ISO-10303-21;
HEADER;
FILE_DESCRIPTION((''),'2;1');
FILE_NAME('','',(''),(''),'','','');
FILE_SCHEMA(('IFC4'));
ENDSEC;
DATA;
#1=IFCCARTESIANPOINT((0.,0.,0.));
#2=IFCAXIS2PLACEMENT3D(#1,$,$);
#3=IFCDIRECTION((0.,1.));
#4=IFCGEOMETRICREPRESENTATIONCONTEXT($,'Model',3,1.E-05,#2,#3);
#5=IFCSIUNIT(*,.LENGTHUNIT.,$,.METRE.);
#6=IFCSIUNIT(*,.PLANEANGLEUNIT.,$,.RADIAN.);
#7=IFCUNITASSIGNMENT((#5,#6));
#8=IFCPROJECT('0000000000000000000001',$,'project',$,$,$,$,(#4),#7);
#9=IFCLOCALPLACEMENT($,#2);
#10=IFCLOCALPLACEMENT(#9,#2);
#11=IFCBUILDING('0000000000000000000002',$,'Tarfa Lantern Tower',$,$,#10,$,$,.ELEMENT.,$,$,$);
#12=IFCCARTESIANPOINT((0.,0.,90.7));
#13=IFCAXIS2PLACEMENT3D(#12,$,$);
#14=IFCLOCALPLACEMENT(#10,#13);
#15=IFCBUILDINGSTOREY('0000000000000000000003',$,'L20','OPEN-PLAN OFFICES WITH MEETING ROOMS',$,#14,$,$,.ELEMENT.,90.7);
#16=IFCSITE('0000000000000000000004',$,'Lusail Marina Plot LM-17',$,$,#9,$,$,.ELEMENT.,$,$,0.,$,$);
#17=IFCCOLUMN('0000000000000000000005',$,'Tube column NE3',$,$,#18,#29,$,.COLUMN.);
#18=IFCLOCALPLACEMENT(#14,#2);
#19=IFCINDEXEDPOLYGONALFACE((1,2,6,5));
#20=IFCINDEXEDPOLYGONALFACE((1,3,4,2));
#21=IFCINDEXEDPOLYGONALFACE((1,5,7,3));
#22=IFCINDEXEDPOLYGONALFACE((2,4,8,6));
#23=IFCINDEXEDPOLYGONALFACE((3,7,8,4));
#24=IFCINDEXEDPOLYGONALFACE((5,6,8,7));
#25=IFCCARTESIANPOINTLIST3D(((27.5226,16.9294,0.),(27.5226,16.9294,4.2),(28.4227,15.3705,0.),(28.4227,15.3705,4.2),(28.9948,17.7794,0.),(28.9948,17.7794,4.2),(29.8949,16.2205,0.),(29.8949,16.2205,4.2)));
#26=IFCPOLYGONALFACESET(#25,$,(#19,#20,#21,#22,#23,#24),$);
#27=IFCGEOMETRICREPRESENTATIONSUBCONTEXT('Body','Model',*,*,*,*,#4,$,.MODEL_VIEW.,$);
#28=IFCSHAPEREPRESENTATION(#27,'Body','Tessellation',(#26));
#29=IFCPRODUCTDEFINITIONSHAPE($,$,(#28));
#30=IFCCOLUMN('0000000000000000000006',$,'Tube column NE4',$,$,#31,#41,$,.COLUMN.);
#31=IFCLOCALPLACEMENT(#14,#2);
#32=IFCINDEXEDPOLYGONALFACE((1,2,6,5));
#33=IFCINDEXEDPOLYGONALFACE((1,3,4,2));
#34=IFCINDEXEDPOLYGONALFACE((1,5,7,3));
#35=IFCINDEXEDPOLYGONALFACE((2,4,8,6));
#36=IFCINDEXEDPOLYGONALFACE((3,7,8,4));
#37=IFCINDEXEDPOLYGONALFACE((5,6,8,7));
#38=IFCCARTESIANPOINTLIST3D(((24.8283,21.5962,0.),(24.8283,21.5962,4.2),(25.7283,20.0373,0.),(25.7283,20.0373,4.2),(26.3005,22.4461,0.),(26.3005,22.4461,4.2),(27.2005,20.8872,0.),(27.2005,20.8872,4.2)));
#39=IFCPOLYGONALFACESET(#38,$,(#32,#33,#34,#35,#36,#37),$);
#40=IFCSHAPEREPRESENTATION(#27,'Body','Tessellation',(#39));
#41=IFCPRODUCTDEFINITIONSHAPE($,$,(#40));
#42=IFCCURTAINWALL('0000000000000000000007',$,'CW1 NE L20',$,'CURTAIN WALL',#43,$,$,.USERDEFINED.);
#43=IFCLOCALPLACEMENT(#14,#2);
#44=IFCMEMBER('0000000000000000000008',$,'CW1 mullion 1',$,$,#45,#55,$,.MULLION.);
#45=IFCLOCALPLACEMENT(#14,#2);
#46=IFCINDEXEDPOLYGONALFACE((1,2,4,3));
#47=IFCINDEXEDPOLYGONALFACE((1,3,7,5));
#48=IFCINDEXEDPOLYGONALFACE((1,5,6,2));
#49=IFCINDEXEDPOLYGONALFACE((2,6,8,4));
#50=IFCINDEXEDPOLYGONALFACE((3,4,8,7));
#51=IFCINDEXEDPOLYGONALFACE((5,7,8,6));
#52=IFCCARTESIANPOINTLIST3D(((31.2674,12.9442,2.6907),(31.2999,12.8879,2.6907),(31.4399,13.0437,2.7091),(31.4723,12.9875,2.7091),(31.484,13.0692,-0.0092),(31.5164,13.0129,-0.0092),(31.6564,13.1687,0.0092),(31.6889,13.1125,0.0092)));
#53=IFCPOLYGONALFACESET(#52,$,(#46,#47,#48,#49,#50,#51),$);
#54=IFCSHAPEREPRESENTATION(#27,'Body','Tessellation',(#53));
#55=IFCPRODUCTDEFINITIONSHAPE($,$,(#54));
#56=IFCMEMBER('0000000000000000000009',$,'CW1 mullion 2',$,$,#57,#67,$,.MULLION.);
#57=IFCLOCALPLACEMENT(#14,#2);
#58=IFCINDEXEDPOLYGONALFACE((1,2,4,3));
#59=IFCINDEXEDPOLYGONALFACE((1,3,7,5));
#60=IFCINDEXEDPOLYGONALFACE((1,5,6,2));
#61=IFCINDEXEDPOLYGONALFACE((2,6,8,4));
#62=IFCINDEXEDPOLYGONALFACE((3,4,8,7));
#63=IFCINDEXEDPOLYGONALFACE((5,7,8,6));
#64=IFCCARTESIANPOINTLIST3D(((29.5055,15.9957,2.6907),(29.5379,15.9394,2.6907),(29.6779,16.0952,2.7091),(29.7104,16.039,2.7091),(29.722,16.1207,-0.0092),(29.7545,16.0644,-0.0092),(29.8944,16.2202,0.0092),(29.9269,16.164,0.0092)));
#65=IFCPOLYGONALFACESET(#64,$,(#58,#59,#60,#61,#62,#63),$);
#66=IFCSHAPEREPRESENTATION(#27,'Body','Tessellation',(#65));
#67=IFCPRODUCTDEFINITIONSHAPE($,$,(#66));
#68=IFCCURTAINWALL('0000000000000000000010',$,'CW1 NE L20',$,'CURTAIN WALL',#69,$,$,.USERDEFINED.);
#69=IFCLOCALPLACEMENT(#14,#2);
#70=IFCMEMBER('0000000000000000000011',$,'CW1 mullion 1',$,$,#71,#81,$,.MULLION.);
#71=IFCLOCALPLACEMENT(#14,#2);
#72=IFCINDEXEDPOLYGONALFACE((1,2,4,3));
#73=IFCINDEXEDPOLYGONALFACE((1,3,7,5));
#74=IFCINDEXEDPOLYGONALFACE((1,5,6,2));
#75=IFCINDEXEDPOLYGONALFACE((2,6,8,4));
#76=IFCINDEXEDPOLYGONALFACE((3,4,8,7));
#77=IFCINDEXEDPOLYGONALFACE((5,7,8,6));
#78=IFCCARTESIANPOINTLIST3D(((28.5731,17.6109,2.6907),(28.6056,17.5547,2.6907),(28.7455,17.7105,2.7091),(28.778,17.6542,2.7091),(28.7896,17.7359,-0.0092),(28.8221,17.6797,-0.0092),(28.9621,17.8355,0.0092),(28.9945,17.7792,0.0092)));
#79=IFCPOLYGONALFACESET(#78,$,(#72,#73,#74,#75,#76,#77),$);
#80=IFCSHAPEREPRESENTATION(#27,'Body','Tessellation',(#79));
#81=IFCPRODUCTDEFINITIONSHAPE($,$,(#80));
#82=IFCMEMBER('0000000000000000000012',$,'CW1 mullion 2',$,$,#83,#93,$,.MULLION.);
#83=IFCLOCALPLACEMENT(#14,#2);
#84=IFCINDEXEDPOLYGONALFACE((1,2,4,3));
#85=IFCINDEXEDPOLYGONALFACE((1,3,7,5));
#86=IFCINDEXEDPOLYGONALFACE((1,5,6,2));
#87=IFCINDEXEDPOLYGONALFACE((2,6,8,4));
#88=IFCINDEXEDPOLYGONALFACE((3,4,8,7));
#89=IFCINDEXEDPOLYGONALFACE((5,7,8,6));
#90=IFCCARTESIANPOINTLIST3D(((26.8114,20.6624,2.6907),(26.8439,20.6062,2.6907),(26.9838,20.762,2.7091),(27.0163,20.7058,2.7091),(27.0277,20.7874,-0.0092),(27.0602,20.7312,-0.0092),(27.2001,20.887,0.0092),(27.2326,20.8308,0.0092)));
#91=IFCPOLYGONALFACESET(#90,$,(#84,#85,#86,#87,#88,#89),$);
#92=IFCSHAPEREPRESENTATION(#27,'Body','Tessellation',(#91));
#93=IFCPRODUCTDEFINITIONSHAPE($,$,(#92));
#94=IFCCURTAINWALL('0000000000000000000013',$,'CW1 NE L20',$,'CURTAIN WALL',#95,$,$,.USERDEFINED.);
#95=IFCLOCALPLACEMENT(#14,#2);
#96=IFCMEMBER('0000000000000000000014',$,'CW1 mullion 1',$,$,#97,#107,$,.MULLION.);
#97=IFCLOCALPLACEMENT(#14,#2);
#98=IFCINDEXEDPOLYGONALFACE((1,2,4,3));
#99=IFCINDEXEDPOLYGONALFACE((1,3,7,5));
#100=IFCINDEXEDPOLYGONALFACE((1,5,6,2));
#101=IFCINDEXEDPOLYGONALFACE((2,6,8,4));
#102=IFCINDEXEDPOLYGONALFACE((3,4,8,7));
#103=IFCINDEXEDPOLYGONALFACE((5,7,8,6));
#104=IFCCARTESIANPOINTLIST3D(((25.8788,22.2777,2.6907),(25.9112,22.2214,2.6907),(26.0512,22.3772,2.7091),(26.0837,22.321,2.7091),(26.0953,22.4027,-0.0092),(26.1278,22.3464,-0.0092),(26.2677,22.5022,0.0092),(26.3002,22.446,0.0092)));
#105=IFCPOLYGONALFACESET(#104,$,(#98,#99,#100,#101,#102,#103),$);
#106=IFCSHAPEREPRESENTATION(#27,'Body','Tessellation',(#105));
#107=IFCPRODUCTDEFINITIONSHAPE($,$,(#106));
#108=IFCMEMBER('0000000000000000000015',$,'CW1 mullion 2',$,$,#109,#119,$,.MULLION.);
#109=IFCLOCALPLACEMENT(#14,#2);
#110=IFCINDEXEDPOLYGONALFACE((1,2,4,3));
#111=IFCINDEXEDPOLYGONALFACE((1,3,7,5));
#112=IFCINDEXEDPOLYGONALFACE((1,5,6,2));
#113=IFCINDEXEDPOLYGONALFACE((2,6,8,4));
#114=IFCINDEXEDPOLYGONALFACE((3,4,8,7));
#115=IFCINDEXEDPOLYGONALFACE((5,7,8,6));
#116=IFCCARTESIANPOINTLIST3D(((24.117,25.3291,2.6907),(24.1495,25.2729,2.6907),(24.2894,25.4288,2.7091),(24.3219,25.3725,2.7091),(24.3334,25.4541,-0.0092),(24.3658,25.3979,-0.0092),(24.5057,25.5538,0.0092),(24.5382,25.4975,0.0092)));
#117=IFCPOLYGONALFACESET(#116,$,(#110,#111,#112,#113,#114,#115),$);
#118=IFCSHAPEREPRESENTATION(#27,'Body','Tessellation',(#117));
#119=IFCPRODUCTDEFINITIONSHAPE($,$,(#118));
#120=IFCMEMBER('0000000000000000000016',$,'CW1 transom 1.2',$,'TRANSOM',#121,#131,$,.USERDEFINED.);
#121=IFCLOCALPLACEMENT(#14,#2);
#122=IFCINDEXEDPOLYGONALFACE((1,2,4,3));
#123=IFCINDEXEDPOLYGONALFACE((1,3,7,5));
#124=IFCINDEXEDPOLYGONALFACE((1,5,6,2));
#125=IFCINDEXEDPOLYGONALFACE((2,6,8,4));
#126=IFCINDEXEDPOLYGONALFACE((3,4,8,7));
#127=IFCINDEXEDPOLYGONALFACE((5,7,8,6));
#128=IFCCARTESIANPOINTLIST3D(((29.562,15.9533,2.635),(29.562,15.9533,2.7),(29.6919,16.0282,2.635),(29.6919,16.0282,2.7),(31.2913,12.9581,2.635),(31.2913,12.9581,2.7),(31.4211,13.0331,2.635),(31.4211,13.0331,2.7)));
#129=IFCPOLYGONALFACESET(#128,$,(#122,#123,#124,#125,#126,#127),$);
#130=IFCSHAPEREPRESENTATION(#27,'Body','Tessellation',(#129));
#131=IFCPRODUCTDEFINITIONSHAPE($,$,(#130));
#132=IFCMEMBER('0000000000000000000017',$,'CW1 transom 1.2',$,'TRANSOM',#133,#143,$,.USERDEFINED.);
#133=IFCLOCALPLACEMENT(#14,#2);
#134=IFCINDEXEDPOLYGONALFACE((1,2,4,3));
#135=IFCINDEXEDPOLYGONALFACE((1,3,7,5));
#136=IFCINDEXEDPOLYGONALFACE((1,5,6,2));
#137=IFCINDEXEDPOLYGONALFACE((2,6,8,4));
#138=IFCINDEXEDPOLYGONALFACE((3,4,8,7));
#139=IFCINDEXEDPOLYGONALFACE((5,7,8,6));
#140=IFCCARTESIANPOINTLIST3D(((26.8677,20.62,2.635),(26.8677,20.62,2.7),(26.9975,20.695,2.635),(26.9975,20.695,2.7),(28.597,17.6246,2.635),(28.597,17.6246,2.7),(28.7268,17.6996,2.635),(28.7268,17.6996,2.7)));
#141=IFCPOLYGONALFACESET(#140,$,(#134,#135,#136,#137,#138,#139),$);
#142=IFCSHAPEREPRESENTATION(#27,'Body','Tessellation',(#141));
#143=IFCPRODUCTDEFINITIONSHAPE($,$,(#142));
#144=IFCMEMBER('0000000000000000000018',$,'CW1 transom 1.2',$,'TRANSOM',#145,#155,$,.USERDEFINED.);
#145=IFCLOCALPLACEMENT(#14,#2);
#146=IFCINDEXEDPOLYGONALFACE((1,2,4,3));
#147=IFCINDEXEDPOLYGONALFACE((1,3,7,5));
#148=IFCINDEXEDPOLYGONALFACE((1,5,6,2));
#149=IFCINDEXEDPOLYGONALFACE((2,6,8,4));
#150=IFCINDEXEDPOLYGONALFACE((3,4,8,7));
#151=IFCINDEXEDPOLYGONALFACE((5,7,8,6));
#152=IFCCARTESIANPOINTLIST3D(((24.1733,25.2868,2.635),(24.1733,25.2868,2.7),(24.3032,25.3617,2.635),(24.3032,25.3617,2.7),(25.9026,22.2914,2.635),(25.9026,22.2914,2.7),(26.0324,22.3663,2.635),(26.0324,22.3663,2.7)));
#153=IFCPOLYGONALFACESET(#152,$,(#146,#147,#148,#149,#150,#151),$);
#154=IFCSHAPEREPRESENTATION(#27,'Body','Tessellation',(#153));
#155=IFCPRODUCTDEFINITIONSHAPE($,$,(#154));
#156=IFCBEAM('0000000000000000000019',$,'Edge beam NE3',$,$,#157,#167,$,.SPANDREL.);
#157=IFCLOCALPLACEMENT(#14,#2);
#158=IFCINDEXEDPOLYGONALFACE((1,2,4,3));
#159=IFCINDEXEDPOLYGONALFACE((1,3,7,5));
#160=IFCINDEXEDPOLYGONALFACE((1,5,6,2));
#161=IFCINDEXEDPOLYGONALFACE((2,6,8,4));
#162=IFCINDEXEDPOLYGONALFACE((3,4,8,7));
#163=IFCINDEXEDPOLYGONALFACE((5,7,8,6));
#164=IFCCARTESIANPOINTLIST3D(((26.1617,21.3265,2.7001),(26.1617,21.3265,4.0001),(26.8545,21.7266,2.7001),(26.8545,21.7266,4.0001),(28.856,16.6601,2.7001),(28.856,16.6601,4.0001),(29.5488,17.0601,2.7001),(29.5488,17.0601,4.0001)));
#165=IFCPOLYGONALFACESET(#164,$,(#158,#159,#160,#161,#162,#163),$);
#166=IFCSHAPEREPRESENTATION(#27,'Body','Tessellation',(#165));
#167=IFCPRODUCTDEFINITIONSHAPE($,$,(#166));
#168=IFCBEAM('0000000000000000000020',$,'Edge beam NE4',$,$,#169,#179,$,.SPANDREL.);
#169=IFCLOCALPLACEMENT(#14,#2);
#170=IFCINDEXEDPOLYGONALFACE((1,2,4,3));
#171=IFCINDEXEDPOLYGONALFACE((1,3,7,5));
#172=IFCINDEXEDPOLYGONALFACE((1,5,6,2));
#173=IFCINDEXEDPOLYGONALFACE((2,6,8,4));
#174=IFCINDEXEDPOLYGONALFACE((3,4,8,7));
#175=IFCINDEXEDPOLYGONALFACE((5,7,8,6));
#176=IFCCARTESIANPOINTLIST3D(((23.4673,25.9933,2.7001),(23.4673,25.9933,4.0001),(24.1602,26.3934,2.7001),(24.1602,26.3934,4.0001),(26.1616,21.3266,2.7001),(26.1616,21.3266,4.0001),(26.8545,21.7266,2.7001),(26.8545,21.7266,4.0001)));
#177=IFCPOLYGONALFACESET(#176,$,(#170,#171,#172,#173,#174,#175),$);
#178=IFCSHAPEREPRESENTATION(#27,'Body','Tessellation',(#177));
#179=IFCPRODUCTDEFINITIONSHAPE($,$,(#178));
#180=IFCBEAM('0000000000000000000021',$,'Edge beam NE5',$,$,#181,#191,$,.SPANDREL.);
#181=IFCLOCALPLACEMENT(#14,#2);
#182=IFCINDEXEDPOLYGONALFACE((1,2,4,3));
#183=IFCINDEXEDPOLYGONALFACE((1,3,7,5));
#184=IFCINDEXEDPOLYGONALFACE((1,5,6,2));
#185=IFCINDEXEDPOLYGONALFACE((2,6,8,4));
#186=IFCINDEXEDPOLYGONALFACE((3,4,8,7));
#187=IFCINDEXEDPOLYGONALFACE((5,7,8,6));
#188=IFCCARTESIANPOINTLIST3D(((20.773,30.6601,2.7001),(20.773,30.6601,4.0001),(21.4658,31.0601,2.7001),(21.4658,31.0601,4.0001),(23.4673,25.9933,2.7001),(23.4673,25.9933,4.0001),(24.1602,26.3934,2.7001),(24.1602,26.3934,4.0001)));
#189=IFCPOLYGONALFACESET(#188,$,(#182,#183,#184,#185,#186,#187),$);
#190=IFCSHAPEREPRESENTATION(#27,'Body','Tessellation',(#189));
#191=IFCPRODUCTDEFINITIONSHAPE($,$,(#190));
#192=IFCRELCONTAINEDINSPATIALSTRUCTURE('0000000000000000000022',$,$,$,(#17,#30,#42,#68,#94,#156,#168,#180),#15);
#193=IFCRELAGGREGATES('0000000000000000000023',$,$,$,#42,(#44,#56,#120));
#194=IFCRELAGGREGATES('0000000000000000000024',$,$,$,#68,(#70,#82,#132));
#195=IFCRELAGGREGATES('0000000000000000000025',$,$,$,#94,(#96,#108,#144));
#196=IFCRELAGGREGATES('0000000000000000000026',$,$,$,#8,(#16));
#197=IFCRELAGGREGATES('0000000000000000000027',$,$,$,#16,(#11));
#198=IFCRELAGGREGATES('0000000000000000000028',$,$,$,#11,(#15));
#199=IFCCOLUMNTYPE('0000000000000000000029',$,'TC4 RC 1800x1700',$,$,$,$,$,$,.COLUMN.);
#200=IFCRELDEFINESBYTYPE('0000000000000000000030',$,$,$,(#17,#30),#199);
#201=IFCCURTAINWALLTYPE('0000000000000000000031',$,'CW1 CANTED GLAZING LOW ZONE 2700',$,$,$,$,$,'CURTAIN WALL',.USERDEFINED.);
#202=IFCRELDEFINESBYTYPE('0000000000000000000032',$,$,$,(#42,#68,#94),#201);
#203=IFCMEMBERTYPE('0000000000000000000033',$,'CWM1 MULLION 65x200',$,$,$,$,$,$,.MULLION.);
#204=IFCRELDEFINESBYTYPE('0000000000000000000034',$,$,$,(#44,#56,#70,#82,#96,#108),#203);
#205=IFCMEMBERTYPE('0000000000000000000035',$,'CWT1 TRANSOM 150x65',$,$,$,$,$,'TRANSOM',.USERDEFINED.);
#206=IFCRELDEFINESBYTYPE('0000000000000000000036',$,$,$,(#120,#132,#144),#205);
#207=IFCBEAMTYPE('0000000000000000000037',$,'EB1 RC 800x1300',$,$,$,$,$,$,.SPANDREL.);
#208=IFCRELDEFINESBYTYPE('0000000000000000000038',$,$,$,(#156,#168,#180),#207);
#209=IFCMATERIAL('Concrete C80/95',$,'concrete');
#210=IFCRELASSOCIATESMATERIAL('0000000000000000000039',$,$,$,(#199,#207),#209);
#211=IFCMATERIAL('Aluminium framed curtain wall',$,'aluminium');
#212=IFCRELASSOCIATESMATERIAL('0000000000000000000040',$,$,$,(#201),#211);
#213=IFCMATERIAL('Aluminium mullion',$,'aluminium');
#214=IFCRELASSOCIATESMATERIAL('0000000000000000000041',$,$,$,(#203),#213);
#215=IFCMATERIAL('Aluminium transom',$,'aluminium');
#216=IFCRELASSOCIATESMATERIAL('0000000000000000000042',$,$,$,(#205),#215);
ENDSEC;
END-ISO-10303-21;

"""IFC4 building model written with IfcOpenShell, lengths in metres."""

from ifc_helpers import new_model, si_unit, direction, frame, origin, origin_2d, place, context, subcontext, project, spatial, rectangle, extrude, material, material_profile, profile_set, type_object, element, aggregate, save


model = new_model("IFC4")

# Units and contexts
model_context = context("Model", 3, precision=1e-05, world=origin(), true_north=direction((0.0, 1.0)))
body_context = subcontext(model_context, "Body", "Model", "MODEL_VIEW")
ifc_project = project(units=[si_unit("LENGTHUNIT", "METRE"), si_unit("PLANEANGLEUNIT", "RADIAN")], contexts=[model_context])

# Site, building, storey
site_placement = place(None, origin())
site = spatial("IfcSite", under=ifc_project, at=site_placement, Name="Lusail Marina Plot LM-17", CompositionType="ELEMENT", RefElevation=0.0)
building_placement = place(site_placement, origin())
building = spatial("IfcBuilding", under=site, at=building_placement, Name="Tarfa Lantern Tower", CompositionType="ELEMENT")
storey_placement = place(building_placement, frame((0.0, 0.0, 90.7)))
storey = spatial("IfcBuildingStorey", under=building, at=storey_placement, Name="L20", Description="OPEN-PLAN OFFICES WITH MEETING ROOMS", CompositionType="ELEMENT", Elevation=90.7)

# Columns
ifc_material_1 = material(Name="Concrete C80/95", Category="concrete")
ifc_material_profile_1 = material_profile(ifc_material_1, rectangle(XDim=1.8, YDim=1.7, at=origin_2d()), Name="RC 1800x1700")
ifc_profile_set_1 = profile_set([ifc_material_profile_1], Name="Concrete C80/95")
column_type = type_object("IfcColumnType", Name="TC4 RC 1800x1700", PredefinedType="COLUMN", material=ifc_profile_set_1)
for number, where, z_axis, x_axis, name in (
    (1, (28.7087, 16.575, 0.0), (0.0, 0.0, 1.0), (-0.5, 0.866025, 0.0), "Tube column NE3"),
    (2, (26.0144, 21.2417, 0.0), (0.0, 0.0, 1.0), (-0.5, 0.866025, 0.0), "Tube column NE4"),
):
    element("IfcColumn", number, at=place(storey_placement, frame(where, z_axis=z_axis, x_axis=x_axis)), inside=storey, type_object=column_type, Name=name, PredefinedType="COLUMN", context=body_context, shape_type="SweptSolid", body=[
        extrude(rectangle(XDim=1.8, YDim=1.7, at=origin_2d()), origin(), (0.0, 0.0, 1.0), 4.2),
    ])

# Curtain walls, members
ifc_material_2 = material(Name="Aluminium framed curtain wall", Category="aluminium")
curtain_wall_type = type_object("IfcCurtainWallType", Name="CW1 CANTED GLAZING LOW ZONE 2700", ElementType="CURTAIN WALL", PredefinedType="USERDEFINED", material=ifc_material_2)
curtain_wall_1_placement = place(storey_placement, origin())
curtain_wall_1 = element("IfcCurtainWall", 3, at=curtain_wall_1_placement, inside=storey, type_object=curtain_wall_type, Name="CW1 NE L20", ObjectType="CURTAIN WALL", PredefinedType="USERDEFINED")
ifc_material_3 = material(Name="Aluminium mullion", Category="aluminium")
ifc_material_profile_2 = material_profile(ifc_material_3, rectangle(XDim=0.0649, YDim=0.2, at=origin_2d()), Name="AL MULLION 65x200")
ifc_profile_set_2 = profile_set([ifc_material_profile_2], Name="Aluminium mullion")
member_type_1 = type_object("IfcMemberType", Name="CWM1 MULLION 65x200", PredefinedType="MULLION", material=ifc_profile_set_2)
member_1_placement = place(storey_placement, frame((31.5864, 13.0908, 0.0), z_axis=(-0.079864, -0.0461, 0.995739), x_axis=(0.49992, -0.866072, 0.0)))
member_1 = element("IfcMember", 4, at=member_1_placement, type_object=member_type_1, Name="CW1 mullion 1", PredefinedType="MULLION", context=body_context, shape_type="SweptSolid", body=[
    extrude(rectangle(XDim=0.0649, YDim=0.2, at=origin_2d()), origin(), (0.0, 0.0, 1.0), 2.7114),
])
member_2_placement = place(storey_placement, frame((29.8245, 16.1423, 0.0), z_axis=(-0.079864, -0.0461, 0.995739), x_axis=(0.49992, -0.866072, 0.0)))
member_2 = element("IfcMember", 5, at=member_2_placement, type_object=member_type_1, Name="CW1 mullion 2", PredefinedType="MULLION", context=body_context, shape_type="SweptSolid", body=[
    extrude(rectangle(XDim=0.0649, YDim=0.2, at=origin_2d()), origin(), (0.0, 0.0, 1.0), 2.7114),
])
curtain_wall_2_placement = place(storey_placement, origin())
curtain_wall_2 = element("IfcCurtainWall", 6, at=curtain_wall_2_placement, inside=storey, type_object=curtain_wall_type, Name="CW1 NE L20", ObjectType="CURTAIN WALL", PredefinedType="USERDEFINED")
member_3_placement = place(storey_placement, frame((28.8921, 17.7576, 0.0), z_axis=(-0.079864, -0.0461, 0.995739), x_axis=(0.49992, -0.866072, 0.0)))
member_3 = element("IfcMember", 7, at=member_3_placement, type_object=member_type_1, Name="CW1 mullion 1", PredefinedType="MULLION", context=body_context, shape_type="SweptSolid", body=[
    extrude(rectangle(XDim=0.0649, YDim=0.2, at=origin_2d()), origin(), (0.0, 0.0, 1.0), 2.7114),
])
member_4_placement = place(storey_placement, frame((27.1301, 20.8091, 0.0), z_axis=(-0.079775, -0.0461, 0.995746), x_axis=(0.500343, -0.865827, 0.0)))
member_4 = element("IfcMember", 8, at=member_4_placement, type_object=member_type_1, Name="CW1 mullion 2", PredefinedType="MULLION", context=body_context, shape_type="SweptSolid", body=[
    extrude(rectangle(XDim=0.0649, YDim=0.2, at=origin_2d()), origin(), (0.0, 0.0, 1.0), 2.7114),
])
curtain_wall_3_placement = place(storey_placement, origin())
curtain_wall_3 = element("IfcCurtainWall", 9, at=curtain_wall_3_placement, inside=storey, type_object=curtain_wall_type, Name="CW1 NE L20", ObjectType="CURTAIN WALL", PredefinedType="USERDEFINED")
member_5_placement = place(storey_placement, frame((26.1978, 22.4243, 0.0), z_axis=(-0.079864, -0.0461, 0.995739), x_axis=(0.49992, -0.866072, 0.0)))
member_5 = element("IfcMember", 10, at=member_5_placement, type_object=member_type_1, Name="CW1 mullion 1", PredefinedType="MULLION", context=body_context, shape_type="SweptSolid", body=[
    extrude(rectangle(XDim=0.0649, YDim=0.2, at=origin_2d()), origin(), (0.0, 0.0, 1.0), 2.7114),
])
member_6_placement = place(storey_placement, frame((24.4358, 25.4758, 0.0), z_axis=(-0.079775, -0.0461, 0.995746), x_axis=(0.500343, -0.865827, 0.0)))
member_6 = element("IfcMember", 11, at=member_6_placement, type_object=member_type_1, Name="CW1 mullion 2", PredefinedType="MULLION", context=body_context, shape_type="SweptSolid", body=[
    extrude(rectangle(XDim=0.0649, YDim=0.2, at=origin_2d()), origin(), (0.0, 0.0, 1.0), 2.7114),
])

# Members
ifc_material_4 = material(Name="Aluminium transom", Category="aluminium")
ifc_material_profile_3 = material_profile(ifc_material_4, rectangle(XDim=0.1499, YDim=0.0649, at=origin_2d()), Name="AL TRANSOM 150x65")
ifc_profile_set_3 = profile_set([ifc_material_profile_3], Name="Aluminium transom")
member_type_2 = type_object("IfcMemberType", Name="CWT1 TRANSOM 150x65", ElementType="TRANSOM", PredefinedType="USERDEFINED", material=ifc_profile_set_3)
member_7_placement = place(storey_placement, frame((31.3562, 12.9956, 2.6675), z_axis=(-0.500004, 0.866023, 0.0), x_axis=(-0.866023, -0.500004, 0.0)))
member_7 = element("IfcMember", 12, at=member_7_placement, type_object=member_type_2, Name="CW1 transom 1.2", ObjectType="TRANSOM", PredefinedType="USERDEFINED", context=body_context, shape_type="SweptSolid", body=[
    extrude(rectangle(XDim=0.1499, YDim=0.0649, at=origin_2d()), origin(), (0.0, 0.0, 1.0), 3.4585),
])
member_8_placement = place(storey_placement, frame((28.6619, 17.6621, 2.6675), z_axis=(-0.499973, 0.866041, 0.0), x_axis=(-0.866041, -0.499973, 0.0)))
member_8 = element("IfcMember", 13, at=member_8_placement, type_object=member_type_2, Name="CW1 transom 1.2", ObjectType="TRANSOM", PredefinedType="USERDEFINED", context=body_context, shape_type="SweptSolid", body=[
    extrude(rectangle(XDim=0.1499, YDim=0.0649, at=origin_2d()), origin(), (0.0, 0.0, 1.0), 3.4587),
])
member_9_placement = place(storey_placement, frame((25.9675, 22.3289, 2.6675), z_axis=(-0.499973, 0.866041, 0.0), x_axis=(-0.866041, -0.499973, 0.0)))
member_9 = element("IfcMember", 14, at=member_9_placement, type_object=member_type_2, Name="CW1 transom 1.2", ObjectType="TRANSOM", PredefinedType="USERDEFINED", context=body_context, shape_type="SweptSolid", body=[
    extrude(rectangle(XDim=0.1499, YDim=0.0649, at=origin_2d()), origin(), (0.0, 0.0, 1.0), 3.4587),
])

# Beams
ifc_material_profile_4 = material_profile(ifc_material_1, rectangle(XDim=0.8, YDim=1.3, at=origin_2d()), Name="RC 800x1300")
ifc_profile_set_4 = profile_set([ifc_material_profile_4], Name="Concrete C80/95")
beam_type_1 = type_object("IfcBeamType", Name="EB1 RC 800x1300", PredefinedType="SPANDREL", material=ifc_profile_set_4)
beam_1_placement = place(storey_placement, frame((29.2024, 16.8601, 3.3501), z_axis=(-0.500018, 0.866015, 0.0), x_axis=(-0.866015, -0.500018, 0.0)))
element("IfcBeam", 15, at=beam_1_placement, inside=storey, type_object=beam_type_1, Name="Edge beam NE3", PredefinedType="SPANDREL", context=body_context, shape_type="SweptSolid", body=[
    extrude(rectangle(XDim=0.8, YDim=1.3, at=origin_2d()), origin(), (0.0, 0.0, 1.0), 5.3884),
])
for number, where, z_axis, x_axis, name in (
    (16, (26.5081, 21.5266, 3.3501), (-0.499998, 0.866026, 0.0), (-0.866026, -0.499998, 0.0), "Edge beam NE4"),
    (17, (23.8137, 26.1934, 3.3501), (-0.499998, 0.866026, 0.0), (-0.866026, -0.499998, 0.0), "Edge beam NE5"),
):
    element("IfcBeam", number, at=place(storey_placement, frame(where, z_axis=z_axis, x_axis=x_axis)), inside=storey, type_object=beam_type_1, Name=name, PredefinedType="SPANDREL", context=body_context, shape_type="SweptSolid", body=[
        extrude(rectangle(XDim=0.8, YDim=1.3, at=origin_2d()), origin(), (0.0, 0.0, 1.0), 5.3887),
    ])

aggregate(curtain_wall_1, [member_1, member_2, member_7])
aggregate(curtain_wall_2, [member_3, member_4, member_8])
aggregate(curtain_wall_3, [member_5, member_6, member_9])

save(model, "model.ifc")
